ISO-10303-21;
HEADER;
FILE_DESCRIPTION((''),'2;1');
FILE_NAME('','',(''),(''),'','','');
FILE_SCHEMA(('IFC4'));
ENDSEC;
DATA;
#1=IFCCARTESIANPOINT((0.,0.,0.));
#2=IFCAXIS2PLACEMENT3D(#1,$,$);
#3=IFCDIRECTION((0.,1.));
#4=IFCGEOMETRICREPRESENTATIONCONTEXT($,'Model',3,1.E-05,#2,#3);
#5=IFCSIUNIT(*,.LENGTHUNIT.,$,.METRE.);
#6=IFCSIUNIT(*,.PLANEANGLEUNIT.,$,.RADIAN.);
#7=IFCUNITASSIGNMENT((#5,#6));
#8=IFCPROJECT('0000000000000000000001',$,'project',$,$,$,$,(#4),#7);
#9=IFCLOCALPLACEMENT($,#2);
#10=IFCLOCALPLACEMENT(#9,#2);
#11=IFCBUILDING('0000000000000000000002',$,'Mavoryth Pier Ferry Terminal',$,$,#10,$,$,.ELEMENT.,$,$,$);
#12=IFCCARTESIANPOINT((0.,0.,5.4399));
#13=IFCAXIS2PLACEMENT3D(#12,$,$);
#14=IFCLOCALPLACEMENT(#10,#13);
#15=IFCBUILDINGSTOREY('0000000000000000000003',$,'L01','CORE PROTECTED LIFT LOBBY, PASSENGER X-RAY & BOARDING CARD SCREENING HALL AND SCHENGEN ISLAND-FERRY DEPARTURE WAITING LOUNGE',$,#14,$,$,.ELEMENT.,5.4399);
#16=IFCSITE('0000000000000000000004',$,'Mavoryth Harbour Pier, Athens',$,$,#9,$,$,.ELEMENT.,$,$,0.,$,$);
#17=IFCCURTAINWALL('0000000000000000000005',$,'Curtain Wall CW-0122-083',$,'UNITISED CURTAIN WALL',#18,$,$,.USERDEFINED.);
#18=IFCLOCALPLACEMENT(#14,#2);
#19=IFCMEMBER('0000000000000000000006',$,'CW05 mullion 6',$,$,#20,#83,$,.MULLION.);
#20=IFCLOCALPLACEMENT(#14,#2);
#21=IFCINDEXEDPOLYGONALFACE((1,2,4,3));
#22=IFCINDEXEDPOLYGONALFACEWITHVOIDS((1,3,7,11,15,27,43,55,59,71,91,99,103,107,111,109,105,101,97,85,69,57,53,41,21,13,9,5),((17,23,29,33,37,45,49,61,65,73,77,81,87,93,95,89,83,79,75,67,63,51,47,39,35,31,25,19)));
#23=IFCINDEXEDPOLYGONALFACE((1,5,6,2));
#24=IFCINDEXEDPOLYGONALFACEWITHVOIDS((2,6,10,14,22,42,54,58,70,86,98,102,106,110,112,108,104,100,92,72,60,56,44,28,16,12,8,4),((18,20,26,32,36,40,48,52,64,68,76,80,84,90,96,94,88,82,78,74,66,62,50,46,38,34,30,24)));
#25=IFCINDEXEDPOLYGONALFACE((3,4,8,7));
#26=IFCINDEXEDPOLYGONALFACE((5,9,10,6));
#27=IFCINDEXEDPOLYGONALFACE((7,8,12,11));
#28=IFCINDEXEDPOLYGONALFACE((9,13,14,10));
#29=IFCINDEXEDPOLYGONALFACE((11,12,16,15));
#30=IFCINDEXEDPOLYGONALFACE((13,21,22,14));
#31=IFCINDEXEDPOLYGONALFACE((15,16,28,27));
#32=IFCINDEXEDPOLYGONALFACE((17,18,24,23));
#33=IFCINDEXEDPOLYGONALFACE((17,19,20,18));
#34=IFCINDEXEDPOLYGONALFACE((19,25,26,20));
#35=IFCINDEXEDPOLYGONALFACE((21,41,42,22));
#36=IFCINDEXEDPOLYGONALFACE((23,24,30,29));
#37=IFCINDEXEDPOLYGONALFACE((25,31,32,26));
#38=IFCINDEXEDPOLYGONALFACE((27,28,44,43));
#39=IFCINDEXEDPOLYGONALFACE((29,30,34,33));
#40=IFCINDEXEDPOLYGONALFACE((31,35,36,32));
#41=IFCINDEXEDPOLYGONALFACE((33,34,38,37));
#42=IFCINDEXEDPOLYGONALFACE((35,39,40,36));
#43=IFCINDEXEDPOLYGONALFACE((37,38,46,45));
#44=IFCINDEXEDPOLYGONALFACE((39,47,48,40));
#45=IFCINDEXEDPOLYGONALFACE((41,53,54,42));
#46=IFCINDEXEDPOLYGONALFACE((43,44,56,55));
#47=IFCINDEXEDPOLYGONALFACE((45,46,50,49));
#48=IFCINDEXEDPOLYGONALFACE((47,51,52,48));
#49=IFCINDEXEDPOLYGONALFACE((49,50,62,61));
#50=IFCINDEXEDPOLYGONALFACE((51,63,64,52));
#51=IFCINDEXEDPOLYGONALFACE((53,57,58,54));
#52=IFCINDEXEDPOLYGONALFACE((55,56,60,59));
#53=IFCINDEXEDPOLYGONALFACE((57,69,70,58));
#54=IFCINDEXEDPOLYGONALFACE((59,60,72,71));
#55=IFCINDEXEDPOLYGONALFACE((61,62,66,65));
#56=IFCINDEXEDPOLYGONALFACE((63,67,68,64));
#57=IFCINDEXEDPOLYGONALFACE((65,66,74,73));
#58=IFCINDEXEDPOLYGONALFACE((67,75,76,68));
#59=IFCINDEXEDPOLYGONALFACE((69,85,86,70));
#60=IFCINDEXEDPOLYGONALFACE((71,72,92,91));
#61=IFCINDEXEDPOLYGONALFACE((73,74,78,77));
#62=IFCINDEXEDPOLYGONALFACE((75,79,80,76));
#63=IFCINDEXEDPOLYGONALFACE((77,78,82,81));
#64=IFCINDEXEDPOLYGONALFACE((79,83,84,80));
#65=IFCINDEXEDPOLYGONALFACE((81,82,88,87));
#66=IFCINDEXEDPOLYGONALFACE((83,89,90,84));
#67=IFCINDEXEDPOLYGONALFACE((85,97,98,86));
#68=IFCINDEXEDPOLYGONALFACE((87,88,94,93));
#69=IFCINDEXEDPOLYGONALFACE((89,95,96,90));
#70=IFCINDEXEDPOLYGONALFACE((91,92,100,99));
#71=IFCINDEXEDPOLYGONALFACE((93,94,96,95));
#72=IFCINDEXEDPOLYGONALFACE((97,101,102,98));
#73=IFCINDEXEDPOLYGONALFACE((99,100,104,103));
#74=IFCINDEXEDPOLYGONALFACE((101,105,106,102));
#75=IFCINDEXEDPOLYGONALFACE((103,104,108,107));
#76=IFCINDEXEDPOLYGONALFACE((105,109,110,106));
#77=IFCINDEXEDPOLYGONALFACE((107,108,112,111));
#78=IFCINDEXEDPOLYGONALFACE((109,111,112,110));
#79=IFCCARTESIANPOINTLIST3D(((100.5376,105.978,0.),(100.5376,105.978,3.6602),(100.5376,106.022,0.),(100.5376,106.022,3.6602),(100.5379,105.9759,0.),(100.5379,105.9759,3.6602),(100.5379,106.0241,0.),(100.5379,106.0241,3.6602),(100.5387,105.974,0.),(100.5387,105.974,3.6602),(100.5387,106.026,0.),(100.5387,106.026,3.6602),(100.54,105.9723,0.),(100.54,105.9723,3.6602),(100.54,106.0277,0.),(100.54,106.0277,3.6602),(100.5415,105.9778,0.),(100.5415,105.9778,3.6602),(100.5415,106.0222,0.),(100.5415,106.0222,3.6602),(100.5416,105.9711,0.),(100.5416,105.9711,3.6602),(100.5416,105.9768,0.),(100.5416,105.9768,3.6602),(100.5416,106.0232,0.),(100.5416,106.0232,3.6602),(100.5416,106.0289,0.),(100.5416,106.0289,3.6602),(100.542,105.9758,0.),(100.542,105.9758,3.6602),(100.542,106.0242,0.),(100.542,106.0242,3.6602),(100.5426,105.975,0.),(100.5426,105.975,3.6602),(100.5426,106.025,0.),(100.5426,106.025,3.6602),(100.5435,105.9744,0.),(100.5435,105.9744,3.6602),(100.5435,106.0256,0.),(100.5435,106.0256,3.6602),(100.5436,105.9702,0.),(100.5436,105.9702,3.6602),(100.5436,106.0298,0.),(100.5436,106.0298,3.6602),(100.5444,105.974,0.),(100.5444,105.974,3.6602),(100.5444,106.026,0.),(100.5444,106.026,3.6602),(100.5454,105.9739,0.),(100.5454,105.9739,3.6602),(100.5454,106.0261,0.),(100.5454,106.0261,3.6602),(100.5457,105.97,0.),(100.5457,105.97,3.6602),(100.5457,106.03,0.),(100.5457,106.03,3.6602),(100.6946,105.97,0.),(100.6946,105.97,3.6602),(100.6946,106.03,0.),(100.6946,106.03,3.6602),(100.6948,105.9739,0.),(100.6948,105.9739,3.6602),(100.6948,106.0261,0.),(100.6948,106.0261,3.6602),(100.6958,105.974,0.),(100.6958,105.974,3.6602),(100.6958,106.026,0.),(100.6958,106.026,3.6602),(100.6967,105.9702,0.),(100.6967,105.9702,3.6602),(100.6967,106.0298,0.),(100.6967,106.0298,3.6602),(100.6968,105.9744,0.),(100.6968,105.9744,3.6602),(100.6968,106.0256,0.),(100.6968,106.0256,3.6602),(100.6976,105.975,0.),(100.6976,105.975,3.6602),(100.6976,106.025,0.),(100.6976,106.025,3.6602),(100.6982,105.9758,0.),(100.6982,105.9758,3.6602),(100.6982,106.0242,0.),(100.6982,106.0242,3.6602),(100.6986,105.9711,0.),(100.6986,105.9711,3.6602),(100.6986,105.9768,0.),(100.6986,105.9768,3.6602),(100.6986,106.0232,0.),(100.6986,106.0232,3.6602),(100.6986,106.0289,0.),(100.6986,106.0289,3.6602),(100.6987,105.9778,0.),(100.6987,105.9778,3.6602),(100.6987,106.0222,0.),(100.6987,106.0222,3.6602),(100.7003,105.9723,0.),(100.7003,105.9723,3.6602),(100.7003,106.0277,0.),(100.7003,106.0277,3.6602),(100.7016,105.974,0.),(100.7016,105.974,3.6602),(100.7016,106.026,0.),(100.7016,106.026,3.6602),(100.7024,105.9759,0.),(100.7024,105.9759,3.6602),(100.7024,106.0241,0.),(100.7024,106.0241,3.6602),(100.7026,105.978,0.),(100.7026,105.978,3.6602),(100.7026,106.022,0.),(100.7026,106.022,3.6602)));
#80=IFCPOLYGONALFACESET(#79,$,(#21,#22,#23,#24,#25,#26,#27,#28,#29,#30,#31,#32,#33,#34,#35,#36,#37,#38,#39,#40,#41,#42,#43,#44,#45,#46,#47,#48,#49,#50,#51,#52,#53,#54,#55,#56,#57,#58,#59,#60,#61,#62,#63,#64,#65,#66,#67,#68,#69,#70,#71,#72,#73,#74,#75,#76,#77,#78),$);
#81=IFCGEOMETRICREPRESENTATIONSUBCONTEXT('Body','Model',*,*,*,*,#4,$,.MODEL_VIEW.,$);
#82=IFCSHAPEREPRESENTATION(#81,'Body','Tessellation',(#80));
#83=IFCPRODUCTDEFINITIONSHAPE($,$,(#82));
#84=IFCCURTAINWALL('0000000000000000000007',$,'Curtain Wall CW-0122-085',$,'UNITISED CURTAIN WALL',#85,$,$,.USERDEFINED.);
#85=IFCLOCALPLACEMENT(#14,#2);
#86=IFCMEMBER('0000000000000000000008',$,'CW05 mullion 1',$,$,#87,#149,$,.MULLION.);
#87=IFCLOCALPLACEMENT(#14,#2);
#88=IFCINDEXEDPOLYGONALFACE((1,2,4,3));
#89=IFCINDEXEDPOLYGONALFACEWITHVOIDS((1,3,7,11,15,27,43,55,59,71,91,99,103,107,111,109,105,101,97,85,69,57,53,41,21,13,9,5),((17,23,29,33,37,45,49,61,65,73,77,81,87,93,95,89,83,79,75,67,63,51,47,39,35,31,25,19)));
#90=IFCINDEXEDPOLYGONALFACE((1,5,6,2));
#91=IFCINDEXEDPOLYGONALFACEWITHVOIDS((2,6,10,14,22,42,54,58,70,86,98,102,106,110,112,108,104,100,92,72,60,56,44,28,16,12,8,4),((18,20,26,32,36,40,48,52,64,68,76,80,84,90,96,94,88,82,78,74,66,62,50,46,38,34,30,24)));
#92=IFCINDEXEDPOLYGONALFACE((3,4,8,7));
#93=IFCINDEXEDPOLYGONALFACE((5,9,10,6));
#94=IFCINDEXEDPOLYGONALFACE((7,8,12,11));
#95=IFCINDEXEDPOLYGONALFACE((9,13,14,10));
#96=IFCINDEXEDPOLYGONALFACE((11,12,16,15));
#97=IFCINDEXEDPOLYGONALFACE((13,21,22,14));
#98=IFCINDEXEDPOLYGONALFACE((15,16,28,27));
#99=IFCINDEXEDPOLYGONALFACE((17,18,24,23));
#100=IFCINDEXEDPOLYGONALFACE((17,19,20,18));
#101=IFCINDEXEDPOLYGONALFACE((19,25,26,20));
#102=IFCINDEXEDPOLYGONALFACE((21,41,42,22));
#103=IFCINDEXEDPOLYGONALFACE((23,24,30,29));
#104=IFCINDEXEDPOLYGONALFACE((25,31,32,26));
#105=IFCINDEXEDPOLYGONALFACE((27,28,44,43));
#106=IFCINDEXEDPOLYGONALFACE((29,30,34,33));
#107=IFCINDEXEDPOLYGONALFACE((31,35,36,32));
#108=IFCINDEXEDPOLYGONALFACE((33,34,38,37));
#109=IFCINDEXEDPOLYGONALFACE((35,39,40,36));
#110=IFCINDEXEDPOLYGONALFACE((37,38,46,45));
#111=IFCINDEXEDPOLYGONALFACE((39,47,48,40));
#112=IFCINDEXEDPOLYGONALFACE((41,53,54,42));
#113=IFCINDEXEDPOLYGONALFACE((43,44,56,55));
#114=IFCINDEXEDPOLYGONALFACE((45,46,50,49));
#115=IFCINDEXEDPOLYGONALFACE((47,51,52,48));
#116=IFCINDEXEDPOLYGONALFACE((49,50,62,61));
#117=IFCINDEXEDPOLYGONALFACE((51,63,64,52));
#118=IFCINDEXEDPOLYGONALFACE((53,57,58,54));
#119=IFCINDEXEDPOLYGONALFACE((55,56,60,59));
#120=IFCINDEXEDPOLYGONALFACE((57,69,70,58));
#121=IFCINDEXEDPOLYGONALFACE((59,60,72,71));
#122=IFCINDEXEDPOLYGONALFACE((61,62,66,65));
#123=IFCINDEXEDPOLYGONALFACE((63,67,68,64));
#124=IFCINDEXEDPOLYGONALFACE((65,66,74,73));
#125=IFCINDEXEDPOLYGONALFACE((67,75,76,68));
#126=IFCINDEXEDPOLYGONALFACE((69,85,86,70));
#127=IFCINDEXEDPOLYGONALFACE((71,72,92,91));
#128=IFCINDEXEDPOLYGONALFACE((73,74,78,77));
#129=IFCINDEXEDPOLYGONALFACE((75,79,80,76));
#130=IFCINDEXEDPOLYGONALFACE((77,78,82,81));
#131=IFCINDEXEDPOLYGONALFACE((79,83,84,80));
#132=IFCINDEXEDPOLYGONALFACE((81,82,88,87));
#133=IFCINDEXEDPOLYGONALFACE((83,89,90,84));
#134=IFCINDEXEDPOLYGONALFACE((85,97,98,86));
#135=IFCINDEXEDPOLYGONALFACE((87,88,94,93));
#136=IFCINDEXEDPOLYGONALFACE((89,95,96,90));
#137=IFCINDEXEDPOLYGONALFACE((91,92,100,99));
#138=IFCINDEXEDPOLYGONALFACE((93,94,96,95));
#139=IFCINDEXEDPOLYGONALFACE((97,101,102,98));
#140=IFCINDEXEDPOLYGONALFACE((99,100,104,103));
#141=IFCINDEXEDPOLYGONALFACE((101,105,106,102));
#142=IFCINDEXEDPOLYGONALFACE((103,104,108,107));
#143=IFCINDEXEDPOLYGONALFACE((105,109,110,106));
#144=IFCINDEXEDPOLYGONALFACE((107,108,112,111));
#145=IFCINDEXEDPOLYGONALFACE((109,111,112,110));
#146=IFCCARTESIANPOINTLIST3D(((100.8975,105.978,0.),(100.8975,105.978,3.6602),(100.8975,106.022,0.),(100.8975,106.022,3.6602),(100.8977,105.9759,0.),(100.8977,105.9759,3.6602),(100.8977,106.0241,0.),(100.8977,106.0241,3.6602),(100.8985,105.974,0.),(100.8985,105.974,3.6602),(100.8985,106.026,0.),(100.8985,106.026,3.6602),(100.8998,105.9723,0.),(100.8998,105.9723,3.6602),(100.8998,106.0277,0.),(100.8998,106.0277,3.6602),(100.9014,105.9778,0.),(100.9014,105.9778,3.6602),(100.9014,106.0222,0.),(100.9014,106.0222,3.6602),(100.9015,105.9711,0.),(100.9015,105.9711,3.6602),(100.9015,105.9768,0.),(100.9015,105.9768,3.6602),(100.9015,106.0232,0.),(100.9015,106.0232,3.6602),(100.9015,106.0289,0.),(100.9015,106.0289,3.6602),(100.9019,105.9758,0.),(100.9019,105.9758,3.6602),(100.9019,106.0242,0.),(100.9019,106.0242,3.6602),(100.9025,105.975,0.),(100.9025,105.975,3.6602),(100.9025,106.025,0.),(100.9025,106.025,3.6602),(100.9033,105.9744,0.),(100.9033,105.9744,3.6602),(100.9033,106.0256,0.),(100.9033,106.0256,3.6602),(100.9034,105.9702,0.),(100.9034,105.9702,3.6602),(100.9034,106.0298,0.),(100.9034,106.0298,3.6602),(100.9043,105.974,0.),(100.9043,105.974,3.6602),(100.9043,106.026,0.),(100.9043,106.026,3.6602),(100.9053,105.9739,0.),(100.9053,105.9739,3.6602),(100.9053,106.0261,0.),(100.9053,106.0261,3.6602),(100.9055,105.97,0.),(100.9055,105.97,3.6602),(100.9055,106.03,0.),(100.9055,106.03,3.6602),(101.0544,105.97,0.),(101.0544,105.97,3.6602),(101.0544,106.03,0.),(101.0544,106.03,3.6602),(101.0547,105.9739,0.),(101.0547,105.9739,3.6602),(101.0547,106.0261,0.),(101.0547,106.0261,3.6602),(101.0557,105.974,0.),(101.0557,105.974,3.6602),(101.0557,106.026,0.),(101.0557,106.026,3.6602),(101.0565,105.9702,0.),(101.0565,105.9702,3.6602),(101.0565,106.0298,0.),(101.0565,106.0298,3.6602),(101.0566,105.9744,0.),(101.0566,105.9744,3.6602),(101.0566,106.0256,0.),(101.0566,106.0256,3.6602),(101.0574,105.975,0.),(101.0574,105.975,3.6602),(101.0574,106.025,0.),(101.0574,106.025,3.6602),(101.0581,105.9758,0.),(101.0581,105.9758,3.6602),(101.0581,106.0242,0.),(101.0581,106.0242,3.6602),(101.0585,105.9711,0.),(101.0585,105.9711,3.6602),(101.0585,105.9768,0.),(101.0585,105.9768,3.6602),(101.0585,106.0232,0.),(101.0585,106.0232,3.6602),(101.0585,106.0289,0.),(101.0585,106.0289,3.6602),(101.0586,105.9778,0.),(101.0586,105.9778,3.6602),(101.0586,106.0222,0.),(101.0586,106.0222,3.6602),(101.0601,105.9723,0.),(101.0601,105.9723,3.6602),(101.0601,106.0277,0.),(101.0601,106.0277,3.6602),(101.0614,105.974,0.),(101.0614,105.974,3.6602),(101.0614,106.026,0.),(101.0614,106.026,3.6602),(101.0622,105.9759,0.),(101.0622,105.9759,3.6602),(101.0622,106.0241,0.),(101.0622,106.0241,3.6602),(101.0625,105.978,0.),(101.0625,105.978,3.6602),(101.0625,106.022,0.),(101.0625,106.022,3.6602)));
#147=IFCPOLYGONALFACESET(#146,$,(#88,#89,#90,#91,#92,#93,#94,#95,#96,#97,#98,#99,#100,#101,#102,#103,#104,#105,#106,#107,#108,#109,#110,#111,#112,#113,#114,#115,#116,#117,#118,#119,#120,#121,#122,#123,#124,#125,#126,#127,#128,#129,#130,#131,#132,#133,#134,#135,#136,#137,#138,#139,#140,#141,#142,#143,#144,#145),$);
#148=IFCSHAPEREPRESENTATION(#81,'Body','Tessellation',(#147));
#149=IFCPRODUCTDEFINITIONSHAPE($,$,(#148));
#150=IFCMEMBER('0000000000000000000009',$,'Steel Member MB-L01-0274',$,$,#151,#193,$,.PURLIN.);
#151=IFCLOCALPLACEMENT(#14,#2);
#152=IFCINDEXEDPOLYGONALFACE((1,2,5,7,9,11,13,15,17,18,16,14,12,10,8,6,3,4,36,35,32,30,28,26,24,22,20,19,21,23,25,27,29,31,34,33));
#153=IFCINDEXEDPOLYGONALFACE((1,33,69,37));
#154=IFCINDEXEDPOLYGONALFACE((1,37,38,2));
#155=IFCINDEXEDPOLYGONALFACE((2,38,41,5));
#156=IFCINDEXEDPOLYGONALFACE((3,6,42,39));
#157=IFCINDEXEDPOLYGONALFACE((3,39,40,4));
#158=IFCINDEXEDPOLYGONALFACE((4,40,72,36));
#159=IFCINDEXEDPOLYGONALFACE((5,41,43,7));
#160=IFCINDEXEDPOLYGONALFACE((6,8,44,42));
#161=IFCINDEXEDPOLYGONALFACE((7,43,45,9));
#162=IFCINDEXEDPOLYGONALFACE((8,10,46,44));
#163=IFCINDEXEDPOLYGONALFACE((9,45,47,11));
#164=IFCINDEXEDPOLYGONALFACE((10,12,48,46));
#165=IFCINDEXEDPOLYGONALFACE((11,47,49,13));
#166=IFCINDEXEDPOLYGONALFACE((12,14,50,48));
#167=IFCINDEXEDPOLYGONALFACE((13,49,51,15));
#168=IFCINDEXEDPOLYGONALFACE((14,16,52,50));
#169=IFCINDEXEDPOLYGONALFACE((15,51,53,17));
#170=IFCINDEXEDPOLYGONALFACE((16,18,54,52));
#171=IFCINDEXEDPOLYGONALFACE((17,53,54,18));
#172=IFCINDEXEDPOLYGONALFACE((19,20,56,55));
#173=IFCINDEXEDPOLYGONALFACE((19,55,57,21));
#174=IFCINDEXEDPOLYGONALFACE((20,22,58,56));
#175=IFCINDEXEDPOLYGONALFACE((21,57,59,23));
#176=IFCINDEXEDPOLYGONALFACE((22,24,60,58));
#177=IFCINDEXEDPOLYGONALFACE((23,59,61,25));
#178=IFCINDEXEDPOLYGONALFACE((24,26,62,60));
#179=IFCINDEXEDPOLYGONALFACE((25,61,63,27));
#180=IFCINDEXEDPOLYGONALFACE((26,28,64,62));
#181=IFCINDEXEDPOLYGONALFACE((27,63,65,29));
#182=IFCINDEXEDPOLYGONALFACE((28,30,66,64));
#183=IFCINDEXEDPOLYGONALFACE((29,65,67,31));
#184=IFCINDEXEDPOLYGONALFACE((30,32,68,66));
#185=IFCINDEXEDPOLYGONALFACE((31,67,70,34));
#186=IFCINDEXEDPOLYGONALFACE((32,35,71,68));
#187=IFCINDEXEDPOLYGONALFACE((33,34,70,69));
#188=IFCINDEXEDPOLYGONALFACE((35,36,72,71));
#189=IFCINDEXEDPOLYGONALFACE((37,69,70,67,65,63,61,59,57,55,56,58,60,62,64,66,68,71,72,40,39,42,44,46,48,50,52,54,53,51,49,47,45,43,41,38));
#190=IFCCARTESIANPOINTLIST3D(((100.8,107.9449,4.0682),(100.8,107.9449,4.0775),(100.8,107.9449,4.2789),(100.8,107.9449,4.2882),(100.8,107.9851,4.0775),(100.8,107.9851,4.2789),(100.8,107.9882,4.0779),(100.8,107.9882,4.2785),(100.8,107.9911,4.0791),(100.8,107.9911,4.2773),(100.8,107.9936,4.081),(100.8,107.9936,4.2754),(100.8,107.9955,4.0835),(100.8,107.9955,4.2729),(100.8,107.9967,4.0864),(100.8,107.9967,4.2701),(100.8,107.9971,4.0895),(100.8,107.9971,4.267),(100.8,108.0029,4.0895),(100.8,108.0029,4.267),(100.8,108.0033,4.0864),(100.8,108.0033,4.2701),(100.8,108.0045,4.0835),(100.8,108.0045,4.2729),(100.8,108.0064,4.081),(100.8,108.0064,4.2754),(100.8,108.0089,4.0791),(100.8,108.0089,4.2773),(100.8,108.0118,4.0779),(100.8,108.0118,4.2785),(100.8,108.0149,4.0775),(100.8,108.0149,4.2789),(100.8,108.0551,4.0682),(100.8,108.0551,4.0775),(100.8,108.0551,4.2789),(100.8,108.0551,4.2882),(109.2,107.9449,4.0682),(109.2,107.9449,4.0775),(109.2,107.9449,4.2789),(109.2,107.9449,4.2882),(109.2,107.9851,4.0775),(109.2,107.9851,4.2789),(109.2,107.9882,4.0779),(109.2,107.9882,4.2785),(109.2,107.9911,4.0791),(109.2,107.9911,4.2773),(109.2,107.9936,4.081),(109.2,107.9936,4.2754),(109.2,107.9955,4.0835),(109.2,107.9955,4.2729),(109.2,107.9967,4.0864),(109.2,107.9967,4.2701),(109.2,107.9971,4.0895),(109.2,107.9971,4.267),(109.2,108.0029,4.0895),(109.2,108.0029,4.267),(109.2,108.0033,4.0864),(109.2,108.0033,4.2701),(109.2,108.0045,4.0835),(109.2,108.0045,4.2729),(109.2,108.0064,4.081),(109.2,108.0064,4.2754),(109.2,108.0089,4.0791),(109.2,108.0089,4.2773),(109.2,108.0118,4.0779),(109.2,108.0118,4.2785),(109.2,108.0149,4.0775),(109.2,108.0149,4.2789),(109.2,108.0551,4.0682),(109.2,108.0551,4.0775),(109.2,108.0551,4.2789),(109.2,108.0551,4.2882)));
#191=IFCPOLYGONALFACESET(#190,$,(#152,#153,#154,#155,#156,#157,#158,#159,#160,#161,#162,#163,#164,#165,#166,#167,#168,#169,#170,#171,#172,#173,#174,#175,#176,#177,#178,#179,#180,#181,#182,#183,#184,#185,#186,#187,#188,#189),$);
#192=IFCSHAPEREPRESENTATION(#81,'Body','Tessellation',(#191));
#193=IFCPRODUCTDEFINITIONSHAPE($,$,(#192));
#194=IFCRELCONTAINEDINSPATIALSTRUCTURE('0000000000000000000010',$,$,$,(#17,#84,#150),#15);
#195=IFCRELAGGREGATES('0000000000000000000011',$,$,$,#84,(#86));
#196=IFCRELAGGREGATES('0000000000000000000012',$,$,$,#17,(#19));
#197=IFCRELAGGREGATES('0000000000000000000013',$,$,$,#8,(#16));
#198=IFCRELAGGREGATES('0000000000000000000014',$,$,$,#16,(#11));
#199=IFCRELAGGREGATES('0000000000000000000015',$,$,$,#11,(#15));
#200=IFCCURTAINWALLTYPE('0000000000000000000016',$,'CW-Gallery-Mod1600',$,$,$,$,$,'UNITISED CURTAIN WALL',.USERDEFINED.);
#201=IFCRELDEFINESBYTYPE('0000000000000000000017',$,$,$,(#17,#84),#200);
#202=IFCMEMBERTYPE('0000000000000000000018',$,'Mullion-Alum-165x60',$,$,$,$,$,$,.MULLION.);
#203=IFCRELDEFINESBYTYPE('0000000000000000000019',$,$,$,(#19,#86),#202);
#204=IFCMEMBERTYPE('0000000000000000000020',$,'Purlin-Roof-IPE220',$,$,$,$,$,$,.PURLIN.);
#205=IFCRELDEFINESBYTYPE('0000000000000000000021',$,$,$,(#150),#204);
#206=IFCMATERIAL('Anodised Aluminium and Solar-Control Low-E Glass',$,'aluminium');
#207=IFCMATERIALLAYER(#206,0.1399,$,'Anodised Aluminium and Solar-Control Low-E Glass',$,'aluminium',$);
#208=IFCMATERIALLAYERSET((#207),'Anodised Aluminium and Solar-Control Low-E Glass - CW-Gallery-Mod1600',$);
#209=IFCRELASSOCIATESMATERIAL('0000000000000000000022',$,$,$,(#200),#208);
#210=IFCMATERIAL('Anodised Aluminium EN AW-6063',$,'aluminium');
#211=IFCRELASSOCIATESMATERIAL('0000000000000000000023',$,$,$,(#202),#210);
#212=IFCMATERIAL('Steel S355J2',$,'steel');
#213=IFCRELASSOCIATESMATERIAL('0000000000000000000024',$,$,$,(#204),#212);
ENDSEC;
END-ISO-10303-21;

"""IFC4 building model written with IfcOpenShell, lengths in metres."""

from ifc_helpers import new_model, si_unit, direction, frame, origin, origin_2d, place, context, subcontext, project, spatial, hollow_rectangle, i_section, extrude, material, layer, layer_set, material_profile, profile_set, type_object, element, aggregate, save


model = new_model("IFC4")

# Units and contexts
model_context = context("Model", 3, precision=1e-05, world=origin(), true_north=direction((0.0, 1.0)))
body_context = subcontext(model_context, "Body", "Model", "MODEL_VIEW")
ifc_project = project(units=[si_unit("LENGTHUNIT", "METRE"), si_unit("PLANEANGLEUNIT", "RADIAN")], contexts=[model_context])

# Site, building, storey
site_placement = place(None, origin())
site = spatial("IfcSite", under=ifc_project, at=site_placement, Name="Mavoryth Harbour Pier, Athens", CompositionType="ELEMENT", RefElevation=0.0)
building_placement = place(site_placement, origin())
building = spatial("IfcBuilding", under=site, at=building_placement, Name="Mavoryth Pier Ferry Terminal", CompositionType="ELEMENT")
storey_placement = place(building_placement, frame((0.0, 0.0, 5.4399)))
storey = spatial("IfcBuildingStorey", under=building, at=storey_placement, Name="L01", Description="CORE PROTECTED LIFT LOBBY, PASSENGER X-RAY & BOARDING CARD SCREENING HALL AND SCHENGEN ISLAND-FERRY DEPARTURE WAITING LOUNGE", CompositionType="ELEMENT", Elevation=5.4399)

# Shared definitions
ifc_material_1 = material(Name="Steel S355J2", Category="steel")

# Curtain wall, member
ifc_material_2 = material(Name="Anodised Aluminium and Solar-Control Low-E Glass", Category="aluminium")
ifc_layer_1 = layer(ifc_material_2, 0.1399, Name="Anodised Aluminium and Solar-Control Low-E Glass", Category="aluminium")
ifc_layer_set_1 = layer_set([ifc_layer_1], Name="Anodised Aluminium and Solar-Control Low-E Glass - CW-Gallery-Mod1600")
curtain_wall_type = type_object("IfcCurtainWallType", Name="CW-Gallery-Mod1600", ElementType="UNITISED CURTAIN WALL", PredefinedType="USERDEFINED", material=ifc_layer_set_1)
curtain_wall_1_placement = place(storey_placement, origin())
curtain_wall_1 = element("IfcCurtainWall", 1, at=curtain_wall_1_placement, inside=storey, type_object=curtain_wall_type, Name="Curtain Wall CW-0122-083", ObjectType="UNITISED CURTAIN WALL", PredefinedType="USERDEFINED")
ifc_material_3 = material(Name="Anodised Aluminium EN AW-6063", Category="aluminium")
ifc_material_profile_1 = material_profile(ifc_material_3, hollow_rectangle(XDim=0.0601, YDim=0.165, WallThickness=0.0039, InnerFilletRadius=0.0039, OuterFilletRadius=0.0081, at=origin_2d()), Name="AL-MULL 165x60x4", Category="aluminium")
ifc_profile_set_1 = profile_set([ifc_material_profile_1], Name="Anodised Aluminium EN AW-6063 - AL-MULL 165x60x4")
member_type_1 = type_object("IfcMemberType", Name="Mullion-Alum-165x60", PredefinedType="MULLION", material=ifc_profile_set_1)
member_1_placement = place(storey_placement, frame((100.6201, 106.0, 0.0), z_axis=(0.0, 0.0, 1.0), x_axis=(0.0, 1.0, 0.0)))
member_1 = element("IfcMember", 2, at=member_1_placement, type_object=member_type_1, Name="CW05 mullion 6", PredefinedType="MULLION", context=body_context, shape_type="SweptSolid", body=[
    extrude(hollow_rectangle(XDim=0.0601, YDim=0.165, WallThickness=0.0039, InnerFilletRadius=0.0039, OuterFilletRadius=0.0081, at=origin_2d()), origin(), (0.0, 0.0, 1.0), 3.6602),
])

# Curtain wall, member
curtain_wall_2_placement = place(storey_placement, origin())
curtain_wall_2 = element("IfcCurtainWall", 3, at=curtain_wall_2_placement, inside=storey, type_object=curtain_wall_type, Name="Curtain Wall CW-0122-085", ObjectType="UNITISED CURTAIN WALL", PredefinedType="USERDEFINED")
member_2_placement = place(storey_placement, frame((100.98, 106.0, 0.0), z_axis=(0.0, 0.0, 1.0), x_axis=(0.0, 1.0, 0.0)))
member_2 = element("IfcMember", 4, at=member_2_placement, type_object=member_type_1, Name="CW05 mullion 1", PredefinedType="MULLION", context=body_context, shape_type="SweptSolid", body=[
    extrude(hollow_rectangle(XDim=0.0601, YDim=0.165, WallThickness=0.0039, InnerFilletRadius=0.0039, OuterFilletRadius=0.0081, at=origin_2d()), origin(), (0.0, 0.0, 1.0), 3.6602),
])
aggregate(curtain_wall_2, [member_2])

# Member
ifc_material_profile_2 = material_profile(ifc_material_1, i_section(OverallWidth=0.1101, OverallDepth=0.22, WebThickness=0.0059, FlangeThickness=0.0093, FilletRadius=0.012, at=origin_2d()), Name="IPE 220", Category="steel")
ifc_profile_set_2 = profile_set([ifc_material_profile_2], Name="Steel S355J2 - IPE 220")
member_type_2 = type_object("IfcMemberType", Name="Purlin-Roof-IPE220", PredefinedType="PURLIN", material=ifc_profile_set_2)
for number, where, z_axis, x_axis, name in (
    (5, (100.8, 108.0, 4.1782), (1.0, 0.0, 0.0), (0.0, 1.0, 0.0), "Steel Member MB-L01-0274"),
):
    element("IfcMember", number, at=place(storey_placement, frame(where, z_axis=z_axis, x_axis=x_axis)), inside=storey, type_object=member_type_2, Name=name, PredefinedType="PURLIN", context=body_context, shape_type="SweptSolid", body=[
        extrude(i_section(OverallWidth=0.1101, OverallDepth=0.22, WebThickness=0.0059, FlangeThickness=0.0093, FilletRadius=0.012, at=origin_2d()), origin(), (0.0, 0.0, 1.0), 8.3999),
    ])

aggregate(curtain_wall_1, [member_1])

save(model, "model.ifc")
